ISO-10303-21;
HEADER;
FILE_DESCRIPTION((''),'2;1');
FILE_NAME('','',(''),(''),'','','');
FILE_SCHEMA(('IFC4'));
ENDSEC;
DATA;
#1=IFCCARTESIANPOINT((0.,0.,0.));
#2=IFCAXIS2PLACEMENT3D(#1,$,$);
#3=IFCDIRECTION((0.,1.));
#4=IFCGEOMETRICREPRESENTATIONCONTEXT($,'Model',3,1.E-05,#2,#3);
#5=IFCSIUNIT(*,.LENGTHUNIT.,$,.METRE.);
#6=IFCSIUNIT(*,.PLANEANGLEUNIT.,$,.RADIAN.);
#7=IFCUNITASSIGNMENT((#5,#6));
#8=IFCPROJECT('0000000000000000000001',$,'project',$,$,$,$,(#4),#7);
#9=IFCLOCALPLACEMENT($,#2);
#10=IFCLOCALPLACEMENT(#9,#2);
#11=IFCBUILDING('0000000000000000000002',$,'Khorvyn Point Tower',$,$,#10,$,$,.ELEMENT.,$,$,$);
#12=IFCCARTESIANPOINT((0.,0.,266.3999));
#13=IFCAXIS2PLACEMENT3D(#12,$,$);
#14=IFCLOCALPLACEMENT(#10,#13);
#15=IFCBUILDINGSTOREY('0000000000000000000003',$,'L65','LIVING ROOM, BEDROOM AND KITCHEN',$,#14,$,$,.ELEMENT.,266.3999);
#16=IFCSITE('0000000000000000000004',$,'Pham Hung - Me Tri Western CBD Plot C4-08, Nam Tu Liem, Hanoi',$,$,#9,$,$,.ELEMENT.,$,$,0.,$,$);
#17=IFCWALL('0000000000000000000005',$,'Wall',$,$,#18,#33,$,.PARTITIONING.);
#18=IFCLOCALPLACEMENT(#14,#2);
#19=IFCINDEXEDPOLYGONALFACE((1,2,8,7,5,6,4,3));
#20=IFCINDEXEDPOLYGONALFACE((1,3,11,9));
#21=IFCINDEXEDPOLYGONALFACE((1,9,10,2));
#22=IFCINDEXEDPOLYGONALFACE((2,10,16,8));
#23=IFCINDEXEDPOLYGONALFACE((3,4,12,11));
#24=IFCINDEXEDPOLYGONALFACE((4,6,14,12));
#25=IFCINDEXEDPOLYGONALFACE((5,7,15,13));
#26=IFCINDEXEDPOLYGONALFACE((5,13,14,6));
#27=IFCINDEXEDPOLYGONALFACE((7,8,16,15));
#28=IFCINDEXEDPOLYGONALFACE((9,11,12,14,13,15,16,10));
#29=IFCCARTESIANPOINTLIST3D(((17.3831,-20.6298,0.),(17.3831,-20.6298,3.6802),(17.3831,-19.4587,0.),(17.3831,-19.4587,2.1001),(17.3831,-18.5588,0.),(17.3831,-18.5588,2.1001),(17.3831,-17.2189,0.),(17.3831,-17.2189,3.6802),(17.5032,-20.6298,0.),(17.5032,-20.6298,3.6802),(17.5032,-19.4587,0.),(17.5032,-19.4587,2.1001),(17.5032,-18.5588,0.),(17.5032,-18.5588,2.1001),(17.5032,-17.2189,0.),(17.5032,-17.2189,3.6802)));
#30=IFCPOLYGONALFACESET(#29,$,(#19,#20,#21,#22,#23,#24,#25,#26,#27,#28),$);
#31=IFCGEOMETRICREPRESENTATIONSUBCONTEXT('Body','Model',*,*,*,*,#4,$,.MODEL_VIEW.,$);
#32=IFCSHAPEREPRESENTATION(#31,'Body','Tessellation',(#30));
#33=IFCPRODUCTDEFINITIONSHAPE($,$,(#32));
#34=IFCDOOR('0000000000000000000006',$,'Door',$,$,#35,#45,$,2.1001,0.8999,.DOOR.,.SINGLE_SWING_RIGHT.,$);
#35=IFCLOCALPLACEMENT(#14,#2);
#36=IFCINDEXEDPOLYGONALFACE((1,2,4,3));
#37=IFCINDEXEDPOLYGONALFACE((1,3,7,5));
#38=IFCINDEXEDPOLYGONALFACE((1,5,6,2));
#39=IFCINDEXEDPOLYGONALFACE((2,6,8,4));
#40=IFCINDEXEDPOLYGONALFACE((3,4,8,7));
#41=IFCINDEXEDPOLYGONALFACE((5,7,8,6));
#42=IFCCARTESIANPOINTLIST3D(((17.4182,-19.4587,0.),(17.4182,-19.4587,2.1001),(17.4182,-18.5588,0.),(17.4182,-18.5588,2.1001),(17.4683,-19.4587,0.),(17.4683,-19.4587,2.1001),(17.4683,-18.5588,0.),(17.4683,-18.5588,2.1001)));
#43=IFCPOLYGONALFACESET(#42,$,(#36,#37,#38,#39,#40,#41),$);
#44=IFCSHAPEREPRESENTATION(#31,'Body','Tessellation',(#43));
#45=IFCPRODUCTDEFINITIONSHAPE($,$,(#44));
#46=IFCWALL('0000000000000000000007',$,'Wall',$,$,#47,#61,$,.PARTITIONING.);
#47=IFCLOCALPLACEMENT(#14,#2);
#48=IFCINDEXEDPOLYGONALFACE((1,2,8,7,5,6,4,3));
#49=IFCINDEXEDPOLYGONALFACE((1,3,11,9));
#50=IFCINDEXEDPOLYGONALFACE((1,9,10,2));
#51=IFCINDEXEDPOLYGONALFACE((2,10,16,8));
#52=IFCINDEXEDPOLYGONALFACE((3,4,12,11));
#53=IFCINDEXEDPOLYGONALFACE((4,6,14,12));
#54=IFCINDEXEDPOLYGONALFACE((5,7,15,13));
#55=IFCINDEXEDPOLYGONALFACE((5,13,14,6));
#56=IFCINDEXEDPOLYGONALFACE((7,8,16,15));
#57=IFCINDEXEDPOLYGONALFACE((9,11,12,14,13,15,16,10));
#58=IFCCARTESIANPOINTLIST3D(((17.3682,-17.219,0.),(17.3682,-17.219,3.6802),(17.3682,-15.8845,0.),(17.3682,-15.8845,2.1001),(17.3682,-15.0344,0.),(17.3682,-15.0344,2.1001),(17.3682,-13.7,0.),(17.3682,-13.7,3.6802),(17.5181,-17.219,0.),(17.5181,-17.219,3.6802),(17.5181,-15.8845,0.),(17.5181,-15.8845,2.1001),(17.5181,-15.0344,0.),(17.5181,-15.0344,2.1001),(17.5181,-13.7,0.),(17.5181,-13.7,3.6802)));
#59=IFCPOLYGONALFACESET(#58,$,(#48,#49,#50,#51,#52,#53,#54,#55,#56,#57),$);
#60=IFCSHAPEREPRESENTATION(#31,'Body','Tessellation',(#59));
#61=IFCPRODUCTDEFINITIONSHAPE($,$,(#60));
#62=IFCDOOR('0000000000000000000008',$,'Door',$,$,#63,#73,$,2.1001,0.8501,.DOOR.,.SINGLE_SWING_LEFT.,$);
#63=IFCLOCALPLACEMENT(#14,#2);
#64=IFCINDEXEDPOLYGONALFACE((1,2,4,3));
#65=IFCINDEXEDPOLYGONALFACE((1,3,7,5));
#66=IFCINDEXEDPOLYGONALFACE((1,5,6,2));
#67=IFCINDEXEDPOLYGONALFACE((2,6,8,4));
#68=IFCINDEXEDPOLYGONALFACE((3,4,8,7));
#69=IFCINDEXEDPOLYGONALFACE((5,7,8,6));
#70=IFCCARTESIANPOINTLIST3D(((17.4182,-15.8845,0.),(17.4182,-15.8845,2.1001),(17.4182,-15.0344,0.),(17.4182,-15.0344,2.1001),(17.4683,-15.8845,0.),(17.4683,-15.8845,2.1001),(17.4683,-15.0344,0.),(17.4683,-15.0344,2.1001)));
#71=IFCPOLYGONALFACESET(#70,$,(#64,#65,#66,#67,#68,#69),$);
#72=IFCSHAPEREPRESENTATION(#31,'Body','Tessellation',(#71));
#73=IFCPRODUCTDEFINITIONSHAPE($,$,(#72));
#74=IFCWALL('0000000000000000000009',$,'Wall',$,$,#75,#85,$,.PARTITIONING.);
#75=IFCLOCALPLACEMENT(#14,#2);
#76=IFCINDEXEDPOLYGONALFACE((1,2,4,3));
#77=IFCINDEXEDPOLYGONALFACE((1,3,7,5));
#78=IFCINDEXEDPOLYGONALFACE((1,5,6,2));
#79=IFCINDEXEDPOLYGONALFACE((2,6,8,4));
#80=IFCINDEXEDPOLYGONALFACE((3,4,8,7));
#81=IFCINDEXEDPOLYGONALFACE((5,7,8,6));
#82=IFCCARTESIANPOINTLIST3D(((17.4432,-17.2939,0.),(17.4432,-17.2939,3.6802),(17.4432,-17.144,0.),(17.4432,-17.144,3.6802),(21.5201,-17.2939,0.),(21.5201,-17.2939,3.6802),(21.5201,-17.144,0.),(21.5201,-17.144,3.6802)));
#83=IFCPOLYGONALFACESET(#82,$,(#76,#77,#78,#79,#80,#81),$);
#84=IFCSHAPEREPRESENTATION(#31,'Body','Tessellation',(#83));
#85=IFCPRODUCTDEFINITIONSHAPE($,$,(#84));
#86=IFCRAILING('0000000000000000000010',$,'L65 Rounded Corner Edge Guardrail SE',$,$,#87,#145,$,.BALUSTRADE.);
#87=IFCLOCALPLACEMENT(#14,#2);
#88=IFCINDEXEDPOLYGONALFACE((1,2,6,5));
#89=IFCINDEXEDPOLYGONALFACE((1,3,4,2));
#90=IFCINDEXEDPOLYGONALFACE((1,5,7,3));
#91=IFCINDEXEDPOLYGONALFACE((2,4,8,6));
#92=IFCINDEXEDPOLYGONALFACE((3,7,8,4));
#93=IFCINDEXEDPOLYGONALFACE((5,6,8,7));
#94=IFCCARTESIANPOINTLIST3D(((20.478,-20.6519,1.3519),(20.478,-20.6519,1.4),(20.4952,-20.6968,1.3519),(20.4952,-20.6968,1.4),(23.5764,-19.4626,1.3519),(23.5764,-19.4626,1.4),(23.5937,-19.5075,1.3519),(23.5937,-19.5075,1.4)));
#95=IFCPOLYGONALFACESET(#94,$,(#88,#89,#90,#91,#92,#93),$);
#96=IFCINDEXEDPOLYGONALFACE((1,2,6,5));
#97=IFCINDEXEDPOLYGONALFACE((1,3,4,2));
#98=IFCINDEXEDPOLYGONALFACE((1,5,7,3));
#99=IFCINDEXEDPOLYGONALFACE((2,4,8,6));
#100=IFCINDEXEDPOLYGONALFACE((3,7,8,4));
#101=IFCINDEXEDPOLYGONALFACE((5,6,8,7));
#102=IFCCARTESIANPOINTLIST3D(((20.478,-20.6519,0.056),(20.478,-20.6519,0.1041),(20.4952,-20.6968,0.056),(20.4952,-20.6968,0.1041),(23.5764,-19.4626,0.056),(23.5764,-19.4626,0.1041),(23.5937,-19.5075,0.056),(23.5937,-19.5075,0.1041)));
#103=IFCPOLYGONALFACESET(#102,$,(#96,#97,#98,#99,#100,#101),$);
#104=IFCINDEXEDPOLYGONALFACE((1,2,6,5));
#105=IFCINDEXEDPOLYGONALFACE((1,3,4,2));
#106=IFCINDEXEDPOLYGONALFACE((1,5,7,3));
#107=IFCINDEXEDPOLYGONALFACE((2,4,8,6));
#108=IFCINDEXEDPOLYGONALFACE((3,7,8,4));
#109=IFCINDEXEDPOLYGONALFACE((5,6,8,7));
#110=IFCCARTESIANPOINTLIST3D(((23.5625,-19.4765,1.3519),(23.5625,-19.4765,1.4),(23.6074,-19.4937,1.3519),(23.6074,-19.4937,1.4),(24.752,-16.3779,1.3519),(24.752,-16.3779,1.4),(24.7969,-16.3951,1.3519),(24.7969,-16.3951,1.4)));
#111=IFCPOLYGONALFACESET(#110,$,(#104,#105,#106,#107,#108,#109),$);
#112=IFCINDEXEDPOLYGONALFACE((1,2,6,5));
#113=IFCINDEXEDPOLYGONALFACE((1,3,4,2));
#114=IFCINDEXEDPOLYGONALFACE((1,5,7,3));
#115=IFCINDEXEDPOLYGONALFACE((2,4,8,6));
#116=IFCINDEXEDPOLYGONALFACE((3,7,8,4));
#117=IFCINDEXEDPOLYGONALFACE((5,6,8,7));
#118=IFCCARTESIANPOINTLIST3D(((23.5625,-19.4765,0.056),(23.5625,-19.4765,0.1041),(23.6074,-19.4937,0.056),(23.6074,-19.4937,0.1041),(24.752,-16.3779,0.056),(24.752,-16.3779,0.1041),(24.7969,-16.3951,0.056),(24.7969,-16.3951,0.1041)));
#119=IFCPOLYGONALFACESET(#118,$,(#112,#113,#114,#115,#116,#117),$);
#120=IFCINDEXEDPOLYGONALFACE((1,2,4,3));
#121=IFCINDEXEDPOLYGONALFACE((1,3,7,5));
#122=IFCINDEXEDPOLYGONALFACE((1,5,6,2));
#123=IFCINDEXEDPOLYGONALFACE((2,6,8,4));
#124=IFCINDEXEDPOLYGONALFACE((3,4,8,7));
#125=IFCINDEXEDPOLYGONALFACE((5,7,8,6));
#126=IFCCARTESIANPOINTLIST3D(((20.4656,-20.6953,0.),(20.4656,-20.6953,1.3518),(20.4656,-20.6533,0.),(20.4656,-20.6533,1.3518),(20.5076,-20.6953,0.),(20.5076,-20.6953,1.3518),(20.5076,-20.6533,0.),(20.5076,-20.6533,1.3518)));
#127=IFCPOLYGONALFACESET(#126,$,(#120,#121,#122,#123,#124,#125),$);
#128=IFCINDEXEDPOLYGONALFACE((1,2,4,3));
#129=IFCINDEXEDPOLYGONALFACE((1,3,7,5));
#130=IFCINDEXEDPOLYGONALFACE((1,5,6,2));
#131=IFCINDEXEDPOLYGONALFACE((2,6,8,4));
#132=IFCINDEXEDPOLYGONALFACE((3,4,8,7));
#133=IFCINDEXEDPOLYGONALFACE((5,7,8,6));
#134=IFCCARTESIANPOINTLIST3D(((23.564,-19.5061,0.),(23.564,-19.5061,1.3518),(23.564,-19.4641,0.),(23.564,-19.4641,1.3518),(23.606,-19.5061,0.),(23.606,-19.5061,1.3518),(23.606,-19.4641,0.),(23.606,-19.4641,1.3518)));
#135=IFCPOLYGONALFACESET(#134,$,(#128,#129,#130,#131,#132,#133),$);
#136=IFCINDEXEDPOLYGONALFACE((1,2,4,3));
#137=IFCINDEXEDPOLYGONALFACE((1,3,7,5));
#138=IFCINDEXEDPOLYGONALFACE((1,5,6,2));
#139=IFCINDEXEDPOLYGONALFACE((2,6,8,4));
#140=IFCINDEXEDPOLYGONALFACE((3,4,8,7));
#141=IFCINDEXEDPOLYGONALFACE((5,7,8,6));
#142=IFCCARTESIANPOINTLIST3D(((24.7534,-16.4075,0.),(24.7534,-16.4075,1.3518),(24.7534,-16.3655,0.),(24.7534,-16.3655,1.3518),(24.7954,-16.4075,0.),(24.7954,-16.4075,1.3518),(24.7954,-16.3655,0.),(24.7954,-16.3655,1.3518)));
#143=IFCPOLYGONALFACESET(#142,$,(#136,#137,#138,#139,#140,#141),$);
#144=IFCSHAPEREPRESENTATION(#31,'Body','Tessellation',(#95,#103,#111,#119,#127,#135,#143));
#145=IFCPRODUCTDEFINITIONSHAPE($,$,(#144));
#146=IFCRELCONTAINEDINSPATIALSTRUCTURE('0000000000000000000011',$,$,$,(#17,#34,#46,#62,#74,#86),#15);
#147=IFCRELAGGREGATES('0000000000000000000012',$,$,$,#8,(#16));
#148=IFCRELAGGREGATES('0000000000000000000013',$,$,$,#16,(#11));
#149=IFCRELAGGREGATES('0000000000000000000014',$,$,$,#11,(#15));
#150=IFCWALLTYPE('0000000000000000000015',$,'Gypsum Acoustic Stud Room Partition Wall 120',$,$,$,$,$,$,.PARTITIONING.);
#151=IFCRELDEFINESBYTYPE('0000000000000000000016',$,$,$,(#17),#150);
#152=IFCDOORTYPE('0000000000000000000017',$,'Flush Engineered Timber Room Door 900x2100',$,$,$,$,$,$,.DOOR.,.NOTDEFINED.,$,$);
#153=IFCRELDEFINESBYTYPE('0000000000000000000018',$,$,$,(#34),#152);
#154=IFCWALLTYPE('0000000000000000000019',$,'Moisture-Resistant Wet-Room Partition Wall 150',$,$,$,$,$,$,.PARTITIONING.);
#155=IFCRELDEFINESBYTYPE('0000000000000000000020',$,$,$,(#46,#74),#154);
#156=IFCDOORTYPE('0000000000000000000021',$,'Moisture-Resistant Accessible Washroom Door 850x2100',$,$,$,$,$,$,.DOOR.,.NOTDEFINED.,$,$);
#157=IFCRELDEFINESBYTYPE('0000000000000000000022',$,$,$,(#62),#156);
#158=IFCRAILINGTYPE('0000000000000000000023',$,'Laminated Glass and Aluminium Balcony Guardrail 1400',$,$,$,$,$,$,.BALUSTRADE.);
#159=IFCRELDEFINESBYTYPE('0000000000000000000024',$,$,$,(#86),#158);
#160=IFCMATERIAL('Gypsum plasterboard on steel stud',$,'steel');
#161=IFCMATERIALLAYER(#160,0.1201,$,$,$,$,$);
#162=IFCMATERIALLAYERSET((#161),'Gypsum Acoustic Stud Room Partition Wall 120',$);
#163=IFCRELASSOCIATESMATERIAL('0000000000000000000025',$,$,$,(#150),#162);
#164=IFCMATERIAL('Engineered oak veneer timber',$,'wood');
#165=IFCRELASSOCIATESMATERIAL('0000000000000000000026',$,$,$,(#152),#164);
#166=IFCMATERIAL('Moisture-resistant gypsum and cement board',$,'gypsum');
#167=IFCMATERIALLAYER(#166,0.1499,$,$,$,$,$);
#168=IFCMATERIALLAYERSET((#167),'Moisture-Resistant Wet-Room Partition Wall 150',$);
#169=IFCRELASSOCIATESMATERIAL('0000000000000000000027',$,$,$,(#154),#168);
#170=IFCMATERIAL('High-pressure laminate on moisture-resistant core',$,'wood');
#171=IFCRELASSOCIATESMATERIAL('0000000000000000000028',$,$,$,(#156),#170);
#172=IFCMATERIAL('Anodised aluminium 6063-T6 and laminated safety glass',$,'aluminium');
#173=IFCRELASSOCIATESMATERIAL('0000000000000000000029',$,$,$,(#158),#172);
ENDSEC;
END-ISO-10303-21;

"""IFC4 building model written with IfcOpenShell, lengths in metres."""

from ifc_helpers import new_model, si_unit, direction, frame, frame_2d, origin, origin_2d, place, context, subcontext, project, spatial, rectangle, extrude, material, layer, layer_set, type_object, element, fill, save


model = new_model("IFC4")

# Units and contexts
model_context = context("Model", 3, precision=1e-05, world=origin(), true_north=direction((0.0, 1.0)))
body_context = subcontext(model_context, "Body", "Model", "MODEL_VIEW")
ifc_project = project(units=[si_unit("LENGTHUNIT", "METRE"), si_unit("PLANEANGLEUNIT", "RADIAN")], contexts=[model_context])

# Site, building, storey
site_placement = place(None, origin())
site = spatial("IfcSite", under=ifc_project, at=site_placement, Name="Pham Hung - Me Tri Western CBD Plot C4-08, Nam Tu Liem, Hanoi", CompositionType="ELEMENT", RefElevation=0.0)
building_placement = place(site_placement, origin())
building = spatial("IfcBuilding", under=site, at=building_placement, Name="Khorvyn Point Tower", CompositionType="ELEMENT")
storey_placement = place(building_placement, frame((0.0, 0.0, 266.3999)))
storey = spatial("IfcBuildingStorey", under=building, at=storey_placement, Name="L65", Description="LIVING ROOM, BEDROOM AND KITCHEN", CompositionType="ELEMENT", Elevation=266.3999)

# Walls, openings, doors
ifc_material_1 = material(Name="Gypsum plasterboard on steel stud", Category="steel")
ifc_layer_1 = layer(ifc_material_1, 0.1201)
ifc_layer_set_1 = layer_set([ifc_layer_1], Name="Gypsum Acoustic Stud Room Partition Wall 120")
wall_type_1 = type_object("IfcWallType", Name="Gypsum Acoustic Stud Room Partition Wall 120", PredefinedType="PARTITIONING", material=ifc_layer_set_1)
wall_1_placement = place(storey_placement, frame((17.4431, -20.6299, 0.0), z_axis=(0.0, 0.0, 1.0), x_axis=(0.0, 1.0, 0.0)))
wall_1 = element("IfcWall", 1, at=wall_1_placement, inside=storey, type_object=wall_type_1, Name="Wall", PredefinedType="PARTITIONING", context=body_context, shape_type="SweptSolid", body=[
    extrude(rectangle(XDim=3.4109, YDim=0.1201, at=frame_2d((1.7056, 0.0))), origin(), (0.0, 0.0, 1.0), 3.6802),
])
opening_1_placement = place(wall_1_placement, frame((1.1711, 0.0, 0.0)))
opening_1 = element("IfcOpeningElement", 2, at=opening_1_placement, cuts=wall_1, PredefinedType="OPENING", context=body_context, shape_type="SweptSolid", body=[
    extrude(rectangle(XDim=0.8999, YDim=2.1001, at=frame_2d((0.45, 1.05))), frame((0.0, 0.0701, 0.0), z_axis=(0.0, -1.0, 0.0), x_axis=(1.0, 0.0, 0.0)), (0.0, 0.0, 1.0), 0.1401),
])
ifc_material_2 = material(Name="Engineered oak veneer timber", Category="wood")
door_type_1 = type_object("IfcDoorType", Name="Flush Engineered Timber Room Door 900x2100", OperationType="NOTDEFINED", PredefinedType="DOOR", material=ifc_material_2)
door_1_placement = place(opening_1_placement, origin())
door_1 = element("IfcDoor", 3, at=door_1_placement, inside=storey, type_object=door_type_1, Name="Door", OperationType="SINGLE_SWING_RIGHT", OverallHeight=2.1001, OverallWidth=0.8999, PredefinedType="DOOR", context=body_context, shape_type="SweptSolid", body=[
    extrude(rectangle(XDim=0.8999, YDim=2.1001, at=frame_2d((0.45, 1.05))), frame((0.0, 0.0249, 0.0), z_axis=(0.0, -1.0, 0.0), x_axis=(1.0, 0.0, 0.0)), (0.0, 0.0, 1.0), 0.05),
])
fill(opening_1, door_1)
ifc_material_3 = material(Name="Moisture-resistant gypsum and cement board", Category="gypsum")
ifc_layer_2 = layer(ifc_material_3, 0.1499)
ifc_layer_set_2 = layer_set([ifc_layer_2], Name="Moisture-Resistant Wet-Room Partition Wall 150")
wall_type_2 = type_object("IfcWallType", Name="Moisture-Resistant Wet-Room Partition Wall 150", PredefinedType="PARTITIONING", material=ifc_layer_set_2)
wall_2_placement = place(storey_placement, frame((17.4431, -17.219, 0.0), z_axis=(0.0, 0.0, 1.0), x_axis=(0.0, 1.0, 0.0)))
wall_2 = element("IfcWall", 4, at=wall_2_placement, inside=storey, type_object=wall_type_2, Name="Wall", PredefinedType="PARTITIONING", context=body_context, shape_type="SweptSolid", body=[
    extrude(rectangle(XDim=3.519, YDim=0.1499, at=frame_2d((1.7595, 0.0))), origin(), (0.0, 0.0, 1.0), 3.6802),
])
opening_2_placement = place(wall_2_placement, frame((1.3345, 0.0, 0.0)))
opening_2 = element("IfcOpeningElement", 5, at=opening_2_placement, cuts=wall_2, PredefinedType="OPENING", context=body_context, shape_type="SweptSolid", body=[
    extrude(rectangle(XDim=0.8501, YDim=2.1001, at=frame_2d((0.425, 1.05))), frame((0.0, 0.085, 0.0), z_axis=(0.0, -1.0, 0.0), x_axis=(1.0, 0.0, 0.0)), (0.0, 0.0, 1.0), 0.1699),
])
ifc_material_4 = material(Name="High-pressure laminate on moisture-resistant core", Category="wood")
door_type_2 = type_object("IfcDoorType", Name="Moisture-Resistant Accessible Washroom Door 850x2100", OperationType="NOTDEFINED", PredefinedType="DOOR", material=ifc_material_4)
door_2_placement = place(opening_2_placement, origin())
door_2 = element("IfcDoor", 6, at=door_2_placement, inside=storey, type_object=door_type_2, Name="Door", OperationType="SINGLE_SWING_LEFT", OverallHeight=2.1001, OverallWidth=0.8501, PredefinedType="DOOR", context=body_context, shape_type="SweptSolid", body=[
    extrude(rectangle(XDim=0.8501, YDim=2.1001, at=frame_2d((0.425, 1.05))), frame((0.0, 0.0249, 0.0), z_axis=(0.0, -1.0, 0.0), x_axis=(1.0, 0.0, 0.0)), (0.0, 0.0, 1.0), 0.05),
])
fill(opening_2, door_2)

# Wall
wall_3_placement = place(storey_placement, frame((17.4431, -17.219, 0.0), z_axis=(0.0, 0.0, 1.0), x_axis=(1.0, 0.0, 0.0)))
element("IfcWall", 7, at=wall_3_placement, inside=storey, type_object=wall_type_2, Name="Wall", PredefinedType="PARTITIONING", context=body_context, shape_type="SweptSolid", body=[
    extrude(rectangle(XDim=4.0769, YDim=0.1499, at=frame_2d((2.0386, 0.0))), origin(), (0.0, 0.0, 1.0), 3.6802),
])

# Railing
ifc_material_5 = material(Name="Anodised aluminium 6063-T6 and laminated safety glass", Category="aluminium")
railing_type = type_object("IfcRailingType", Name="Laminated Glass and Aluminium Balcony Guardrail 1400", PredefinedType="BALUSTRADE", material=ifc_material_5)
railing_placement = place(storey_placement, frame((20.4866, -20.6743, 0.0)))
element("IfcRailing", 8, at=railing_placement, inside=storey, type_object=railing_type, Name="L65 Rounded Corner Edge Guardrail SE", PredefinedType="BALUSTRADE", context=body_context, shape_type="SweptSolid", body=[
    extrude(rectangle(XDim=0.0481, YDim=0.0481, at=origin_2d()), frame((0.0, 0.0, 1.376), z_axis=(0.933596, 0.358328, 0.0), x_axis=(-0.358328, 0.933596, 0.0)), (0.0, 0.0, 1.0), 3.3188),
    extrude(rectangle(XDim=0.0481, YDim=0.0481, at=origin_2d()), frame((0.0, 0.0, 0.0801), z_axis=(0.933596, 0.358328, 0.0), x_axis=(-0.358328, 0.933596, 0.0)), (0.0, 0.0, 1.0), 3.3188),
    extrude(rectangle(XDim=0.0481, YDim=0.0481, at=origin_2d()), frame((3.0984, 1.1892, 1.376), z_axis=(0.358368, 0.93358, 0.0), x_axis=(-0.93358, 0.358368, 0.0)), (0.0, 0.0, 1.0), 3.3191),
    extrude(rectangle(XDim=0.0481, YDim=0.0481, at=origin_2d()), frame((3.0984, 1.1892, 0.0801), z_axis=(0.358368, 0.93358, 0.0), x_axis=(-0.93358, 0.358368, 0.0)), (0.0, 0.0, 1.0), 3.3191),
    extrude(rectangle(XDim=0.042, YDim=0.042, at=origin_2d()), origin(), (0.0, 0.0, 1.0), 1.3518),
    extrude(rectangle(XDim=0.042, YDim=0.042, at=origin_2d()), frame((3.0984, 1.1892, 0.0)), (0.0, 0.0, 1.0), 1.3518),
    extrude(rectangle(XDim=0.042, YDim=0.042, at=origin_2d()), frame((4.2878, 4.2878, 0.0)), (0.0, 0.0, 1.0), 1.3518),
])

save(model, "model.ifc")
